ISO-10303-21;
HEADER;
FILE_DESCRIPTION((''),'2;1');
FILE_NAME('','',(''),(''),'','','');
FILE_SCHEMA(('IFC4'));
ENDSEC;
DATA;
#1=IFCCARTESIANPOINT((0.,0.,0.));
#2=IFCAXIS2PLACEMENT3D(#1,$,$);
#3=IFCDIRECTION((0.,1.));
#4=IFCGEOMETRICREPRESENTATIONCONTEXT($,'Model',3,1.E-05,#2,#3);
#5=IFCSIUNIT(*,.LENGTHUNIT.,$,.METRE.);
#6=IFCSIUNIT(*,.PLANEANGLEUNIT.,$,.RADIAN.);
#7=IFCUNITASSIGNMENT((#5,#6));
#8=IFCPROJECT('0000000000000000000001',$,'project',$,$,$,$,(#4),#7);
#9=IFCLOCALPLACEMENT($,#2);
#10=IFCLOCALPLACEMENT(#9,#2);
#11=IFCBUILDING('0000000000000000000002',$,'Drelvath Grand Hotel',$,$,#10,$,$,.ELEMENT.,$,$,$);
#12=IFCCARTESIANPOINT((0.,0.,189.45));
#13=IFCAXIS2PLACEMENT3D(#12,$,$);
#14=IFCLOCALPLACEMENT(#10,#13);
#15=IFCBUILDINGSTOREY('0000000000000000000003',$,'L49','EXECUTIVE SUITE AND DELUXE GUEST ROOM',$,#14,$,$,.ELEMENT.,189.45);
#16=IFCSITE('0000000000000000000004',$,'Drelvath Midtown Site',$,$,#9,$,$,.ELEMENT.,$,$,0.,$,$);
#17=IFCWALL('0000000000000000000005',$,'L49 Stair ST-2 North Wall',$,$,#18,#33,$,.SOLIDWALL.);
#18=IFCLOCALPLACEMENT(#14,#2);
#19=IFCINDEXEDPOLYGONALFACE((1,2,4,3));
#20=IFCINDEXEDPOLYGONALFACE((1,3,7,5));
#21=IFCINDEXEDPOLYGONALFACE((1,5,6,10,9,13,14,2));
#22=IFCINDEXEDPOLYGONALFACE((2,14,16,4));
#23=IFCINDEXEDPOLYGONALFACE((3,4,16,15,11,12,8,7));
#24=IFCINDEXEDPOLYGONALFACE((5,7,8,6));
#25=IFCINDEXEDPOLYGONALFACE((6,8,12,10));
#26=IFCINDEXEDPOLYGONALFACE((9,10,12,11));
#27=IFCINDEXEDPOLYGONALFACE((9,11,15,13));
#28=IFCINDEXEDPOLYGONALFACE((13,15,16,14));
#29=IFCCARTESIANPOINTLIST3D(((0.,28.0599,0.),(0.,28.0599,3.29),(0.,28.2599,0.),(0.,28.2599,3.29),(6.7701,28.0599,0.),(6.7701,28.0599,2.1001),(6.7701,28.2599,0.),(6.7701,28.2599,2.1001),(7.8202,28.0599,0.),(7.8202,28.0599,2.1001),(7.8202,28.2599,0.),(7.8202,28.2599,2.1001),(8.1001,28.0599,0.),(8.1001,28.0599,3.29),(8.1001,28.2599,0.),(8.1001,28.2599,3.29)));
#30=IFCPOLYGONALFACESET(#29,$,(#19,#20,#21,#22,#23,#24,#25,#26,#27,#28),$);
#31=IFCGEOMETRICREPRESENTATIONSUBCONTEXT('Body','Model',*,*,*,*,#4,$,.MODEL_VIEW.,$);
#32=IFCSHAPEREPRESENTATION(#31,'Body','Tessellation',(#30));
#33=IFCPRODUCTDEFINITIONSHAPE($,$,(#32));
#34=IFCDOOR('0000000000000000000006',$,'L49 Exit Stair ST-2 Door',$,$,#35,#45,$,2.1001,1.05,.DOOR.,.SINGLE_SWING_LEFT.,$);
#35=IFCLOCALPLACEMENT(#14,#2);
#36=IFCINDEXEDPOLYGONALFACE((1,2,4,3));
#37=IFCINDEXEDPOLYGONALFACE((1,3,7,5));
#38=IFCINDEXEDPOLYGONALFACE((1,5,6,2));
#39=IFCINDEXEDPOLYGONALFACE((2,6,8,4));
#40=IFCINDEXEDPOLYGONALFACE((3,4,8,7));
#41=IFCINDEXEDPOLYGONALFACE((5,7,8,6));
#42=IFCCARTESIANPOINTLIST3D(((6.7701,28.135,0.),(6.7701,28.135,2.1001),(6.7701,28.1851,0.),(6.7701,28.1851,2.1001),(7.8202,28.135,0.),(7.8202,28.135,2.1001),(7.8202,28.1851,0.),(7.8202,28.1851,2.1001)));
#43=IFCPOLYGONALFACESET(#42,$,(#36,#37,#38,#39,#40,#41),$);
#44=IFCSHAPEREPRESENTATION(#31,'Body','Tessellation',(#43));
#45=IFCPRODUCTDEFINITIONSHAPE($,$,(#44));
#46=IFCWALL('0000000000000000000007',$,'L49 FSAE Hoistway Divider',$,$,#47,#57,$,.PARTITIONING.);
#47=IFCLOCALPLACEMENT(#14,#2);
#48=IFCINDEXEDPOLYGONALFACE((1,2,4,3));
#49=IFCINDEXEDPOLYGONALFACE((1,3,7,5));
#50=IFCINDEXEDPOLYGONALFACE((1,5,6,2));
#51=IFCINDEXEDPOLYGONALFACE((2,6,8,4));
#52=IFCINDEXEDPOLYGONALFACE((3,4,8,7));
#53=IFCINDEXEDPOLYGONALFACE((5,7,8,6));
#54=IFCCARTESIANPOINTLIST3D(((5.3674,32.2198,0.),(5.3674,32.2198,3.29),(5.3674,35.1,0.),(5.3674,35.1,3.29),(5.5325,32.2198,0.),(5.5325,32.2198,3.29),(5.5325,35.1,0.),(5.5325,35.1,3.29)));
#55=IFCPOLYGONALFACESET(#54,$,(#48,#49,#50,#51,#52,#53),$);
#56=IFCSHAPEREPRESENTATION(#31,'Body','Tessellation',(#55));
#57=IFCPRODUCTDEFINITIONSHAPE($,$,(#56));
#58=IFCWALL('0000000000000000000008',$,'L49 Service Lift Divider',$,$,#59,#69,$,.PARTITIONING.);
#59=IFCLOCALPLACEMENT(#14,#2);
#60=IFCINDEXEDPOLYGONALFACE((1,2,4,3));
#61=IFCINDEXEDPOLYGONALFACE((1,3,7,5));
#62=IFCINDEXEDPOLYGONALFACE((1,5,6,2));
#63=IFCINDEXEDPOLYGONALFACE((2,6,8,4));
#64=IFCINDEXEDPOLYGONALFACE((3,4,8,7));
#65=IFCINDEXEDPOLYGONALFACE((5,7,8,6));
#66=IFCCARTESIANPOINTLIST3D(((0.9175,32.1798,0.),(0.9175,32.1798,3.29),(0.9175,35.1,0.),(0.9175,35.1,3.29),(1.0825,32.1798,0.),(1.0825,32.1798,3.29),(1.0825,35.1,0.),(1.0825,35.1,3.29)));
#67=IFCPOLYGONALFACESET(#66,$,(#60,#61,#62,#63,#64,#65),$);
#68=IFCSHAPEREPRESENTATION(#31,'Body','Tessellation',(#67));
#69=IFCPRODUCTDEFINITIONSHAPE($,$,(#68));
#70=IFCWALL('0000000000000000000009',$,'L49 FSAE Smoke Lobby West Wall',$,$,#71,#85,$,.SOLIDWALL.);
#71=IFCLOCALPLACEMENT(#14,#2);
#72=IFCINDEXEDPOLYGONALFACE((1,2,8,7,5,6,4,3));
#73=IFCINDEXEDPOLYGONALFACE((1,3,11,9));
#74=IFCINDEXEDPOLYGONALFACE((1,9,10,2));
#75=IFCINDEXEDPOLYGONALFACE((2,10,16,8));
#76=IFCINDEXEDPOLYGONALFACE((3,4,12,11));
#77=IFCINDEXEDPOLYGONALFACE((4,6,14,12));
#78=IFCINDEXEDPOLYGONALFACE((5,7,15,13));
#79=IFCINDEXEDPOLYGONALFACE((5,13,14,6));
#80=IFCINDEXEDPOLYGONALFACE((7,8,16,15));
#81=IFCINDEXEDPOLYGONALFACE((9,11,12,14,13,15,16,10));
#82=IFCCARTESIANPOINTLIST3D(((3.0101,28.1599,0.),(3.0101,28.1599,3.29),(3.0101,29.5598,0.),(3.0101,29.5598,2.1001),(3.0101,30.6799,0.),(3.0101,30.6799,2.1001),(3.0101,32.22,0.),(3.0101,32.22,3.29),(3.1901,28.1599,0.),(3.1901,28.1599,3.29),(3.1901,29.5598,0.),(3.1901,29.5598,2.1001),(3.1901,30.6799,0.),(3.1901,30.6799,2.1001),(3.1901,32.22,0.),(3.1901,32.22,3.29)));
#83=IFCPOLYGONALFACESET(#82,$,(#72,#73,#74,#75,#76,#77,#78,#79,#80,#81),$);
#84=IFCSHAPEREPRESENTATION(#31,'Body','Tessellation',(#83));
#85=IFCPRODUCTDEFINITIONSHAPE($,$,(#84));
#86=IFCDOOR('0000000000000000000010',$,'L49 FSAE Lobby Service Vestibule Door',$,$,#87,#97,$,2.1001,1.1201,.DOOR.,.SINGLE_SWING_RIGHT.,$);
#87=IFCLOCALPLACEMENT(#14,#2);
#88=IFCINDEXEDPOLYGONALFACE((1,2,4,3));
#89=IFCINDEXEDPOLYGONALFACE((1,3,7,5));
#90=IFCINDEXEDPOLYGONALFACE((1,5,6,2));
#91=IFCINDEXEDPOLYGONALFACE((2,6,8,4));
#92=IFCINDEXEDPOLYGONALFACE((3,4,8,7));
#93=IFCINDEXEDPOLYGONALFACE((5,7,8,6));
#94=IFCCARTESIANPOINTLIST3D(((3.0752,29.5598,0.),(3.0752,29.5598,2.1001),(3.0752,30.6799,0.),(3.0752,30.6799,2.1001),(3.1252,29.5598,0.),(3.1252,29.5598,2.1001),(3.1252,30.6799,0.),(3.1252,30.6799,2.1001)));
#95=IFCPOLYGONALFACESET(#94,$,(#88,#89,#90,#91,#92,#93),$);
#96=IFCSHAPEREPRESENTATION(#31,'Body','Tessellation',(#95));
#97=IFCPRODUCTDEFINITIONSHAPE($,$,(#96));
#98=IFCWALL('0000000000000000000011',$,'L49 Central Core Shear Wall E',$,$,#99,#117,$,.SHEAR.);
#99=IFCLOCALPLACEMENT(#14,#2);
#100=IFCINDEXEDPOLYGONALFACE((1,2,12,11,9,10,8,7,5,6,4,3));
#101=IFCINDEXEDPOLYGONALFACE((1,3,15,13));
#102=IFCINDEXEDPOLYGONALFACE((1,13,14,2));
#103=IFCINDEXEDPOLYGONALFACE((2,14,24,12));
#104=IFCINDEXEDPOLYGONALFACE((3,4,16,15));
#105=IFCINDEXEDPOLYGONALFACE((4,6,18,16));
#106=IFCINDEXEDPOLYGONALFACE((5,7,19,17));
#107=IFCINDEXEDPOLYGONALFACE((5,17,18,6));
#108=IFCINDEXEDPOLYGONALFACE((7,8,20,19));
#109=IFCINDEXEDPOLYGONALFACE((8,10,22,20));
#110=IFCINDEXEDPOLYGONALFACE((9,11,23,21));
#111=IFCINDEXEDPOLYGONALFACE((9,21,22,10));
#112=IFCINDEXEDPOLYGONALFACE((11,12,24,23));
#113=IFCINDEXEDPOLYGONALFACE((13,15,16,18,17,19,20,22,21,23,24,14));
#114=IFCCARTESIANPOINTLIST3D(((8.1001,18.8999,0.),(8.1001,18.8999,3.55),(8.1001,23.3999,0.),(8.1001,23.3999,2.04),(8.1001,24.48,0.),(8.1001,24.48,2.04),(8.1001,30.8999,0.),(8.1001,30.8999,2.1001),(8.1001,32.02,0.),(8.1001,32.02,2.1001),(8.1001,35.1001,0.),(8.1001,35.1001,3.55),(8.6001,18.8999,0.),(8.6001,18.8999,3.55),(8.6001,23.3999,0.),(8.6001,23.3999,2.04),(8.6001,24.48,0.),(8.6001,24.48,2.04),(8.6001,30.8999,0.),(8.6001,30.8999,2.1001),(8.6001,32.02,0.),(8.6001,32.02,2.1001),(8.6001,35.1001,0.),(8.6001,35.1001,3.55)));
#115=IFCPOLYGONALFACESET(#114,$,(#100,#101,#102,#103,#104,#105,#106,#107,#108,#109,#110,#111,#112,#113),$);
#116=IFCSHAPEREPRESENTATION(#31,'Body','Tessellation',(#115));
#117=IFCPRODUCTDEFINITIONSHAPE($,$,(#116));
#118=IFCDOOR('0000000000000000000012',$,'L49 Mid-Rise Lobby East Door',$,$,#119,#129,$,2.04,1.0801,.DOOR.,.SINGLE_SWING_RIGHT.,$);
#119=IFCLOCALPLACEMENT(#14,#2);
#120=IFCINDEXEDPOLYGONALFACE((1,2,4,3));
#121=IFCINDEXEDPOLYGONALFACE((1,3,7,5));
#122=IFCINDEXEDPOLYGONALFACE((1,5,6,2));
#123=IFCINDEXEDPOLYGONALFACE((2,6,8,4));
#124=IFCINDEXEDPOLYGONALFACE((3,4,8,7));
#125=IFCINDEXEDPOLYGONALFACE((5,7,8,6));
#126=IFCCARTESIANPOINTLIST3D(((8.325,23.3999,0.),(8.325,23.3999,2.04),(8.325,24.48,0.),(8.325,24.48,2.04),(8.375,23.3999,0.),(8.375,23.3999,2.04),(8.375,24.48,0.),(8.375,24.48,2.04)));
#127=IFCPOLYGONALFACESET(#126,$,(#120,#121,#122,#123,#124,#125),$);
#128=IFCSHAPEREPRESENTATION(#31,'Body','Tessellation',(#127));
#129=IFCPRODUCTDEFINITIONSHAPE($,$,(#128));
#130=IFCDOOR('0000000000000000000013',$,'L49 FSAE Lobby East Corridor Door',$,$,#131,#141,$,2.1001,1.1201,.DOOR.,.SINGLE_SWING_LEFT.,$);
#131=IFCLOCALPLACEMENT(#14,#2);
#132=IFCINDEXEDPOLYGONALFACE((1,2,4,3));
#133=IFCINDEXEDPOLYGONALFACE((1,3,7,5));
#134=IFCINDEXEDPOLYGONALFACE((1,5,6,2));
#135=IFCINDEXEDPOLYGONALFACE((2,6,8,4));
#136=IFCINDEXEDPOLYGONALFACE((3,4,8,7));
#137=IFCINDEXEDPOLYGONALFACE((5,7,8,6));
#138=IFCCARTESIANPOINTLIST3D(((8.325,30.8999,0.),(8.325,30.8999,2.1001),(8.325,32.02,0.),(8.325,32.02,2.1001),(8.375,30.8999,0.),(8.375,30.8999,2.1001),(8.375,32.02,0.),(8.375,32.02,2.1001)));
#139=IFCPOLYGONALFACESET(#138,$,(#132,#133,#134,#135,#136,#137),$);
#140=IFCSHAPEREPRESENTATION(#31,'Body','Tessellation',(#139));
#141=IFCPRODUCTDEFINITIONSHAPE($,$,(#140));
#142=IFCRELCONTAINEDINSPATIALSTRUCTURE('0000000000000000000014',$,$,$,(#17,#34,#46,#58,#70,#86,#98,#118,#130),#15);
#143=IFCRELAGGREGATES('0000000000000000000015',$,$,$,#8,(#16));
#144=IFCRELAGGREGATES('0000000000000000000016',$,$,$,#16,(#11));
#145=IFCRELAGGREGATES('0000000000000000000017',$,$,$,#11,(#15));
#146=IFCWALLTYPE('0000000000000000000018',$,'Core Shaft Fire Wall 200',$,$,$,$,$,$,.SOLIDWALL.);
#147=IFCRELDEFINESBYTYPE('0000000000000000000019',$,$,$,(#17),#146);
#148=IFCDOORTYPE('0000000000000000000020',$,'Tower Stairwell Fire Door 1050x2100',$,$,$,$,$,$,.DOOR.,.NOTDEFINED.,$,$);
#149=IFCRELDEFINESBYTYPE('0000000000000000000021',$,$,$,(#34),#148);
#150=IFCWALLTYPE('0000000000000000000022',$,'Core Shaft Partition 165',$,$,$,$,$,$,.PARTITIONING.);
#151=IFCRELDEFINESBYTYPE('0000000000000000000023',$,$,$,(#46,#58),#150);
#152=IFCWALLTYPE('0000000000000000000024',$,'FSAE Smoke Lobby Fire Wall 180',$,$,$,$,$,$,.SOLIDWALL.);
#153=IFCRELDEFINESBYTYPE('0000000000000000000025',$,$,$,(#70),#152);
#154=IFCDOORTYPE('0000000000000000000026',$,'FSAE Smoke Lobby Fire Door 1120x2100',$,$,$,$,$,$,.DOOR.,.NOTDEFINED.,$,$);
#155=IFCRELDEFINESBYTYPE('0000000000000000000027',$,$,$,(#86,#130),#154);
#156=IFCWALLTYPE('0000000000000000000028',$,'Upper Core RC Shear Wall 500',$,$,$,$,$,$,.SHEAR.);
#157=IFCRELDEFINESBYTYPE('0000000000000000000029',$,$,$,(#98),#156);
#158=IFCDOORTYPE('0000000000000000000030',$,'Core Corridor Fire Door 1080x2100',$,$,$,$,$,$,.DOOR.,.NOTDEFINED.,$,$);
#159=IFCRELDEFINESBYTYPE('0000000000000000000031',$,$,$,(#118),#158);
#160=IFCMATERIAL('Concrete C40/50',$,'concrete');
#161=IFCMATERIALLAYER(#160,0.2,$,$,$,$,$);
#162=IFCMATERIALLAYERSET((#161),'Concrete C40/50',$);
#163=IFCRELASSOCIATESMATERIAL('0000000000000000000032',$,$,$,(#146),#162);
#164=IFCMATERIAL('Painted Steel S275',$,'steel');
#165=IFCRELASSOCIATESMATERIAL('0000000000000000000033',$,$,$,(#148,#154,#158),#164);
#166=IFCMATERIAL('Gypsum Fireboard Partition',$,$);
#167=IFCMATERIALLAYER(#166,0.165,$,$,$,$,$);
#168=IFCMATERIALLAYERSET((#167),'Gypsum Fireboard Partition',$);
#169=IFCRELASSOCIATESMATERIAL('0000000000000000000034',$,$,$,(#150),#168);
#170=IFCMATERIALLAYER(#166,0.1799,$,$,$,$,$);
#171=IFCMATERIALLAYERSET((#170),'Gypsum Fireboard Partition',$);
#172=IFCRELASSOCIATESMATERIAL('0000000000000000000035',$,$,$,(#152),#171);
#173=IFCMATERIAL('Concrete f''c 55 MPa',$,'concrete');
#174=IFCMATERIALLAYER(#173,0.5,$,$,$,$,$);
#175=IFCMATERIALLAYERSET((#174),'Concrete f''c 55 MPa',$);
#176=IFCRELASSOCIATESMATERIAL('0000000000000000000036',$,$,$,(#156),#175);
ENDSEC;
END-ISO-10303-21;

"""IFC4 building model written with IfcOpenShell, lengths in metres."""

from ifc_helpers import new_model, si_unit, direction, frame, frame_2d, origin, place, context, subcontext, project, spatial, rectangle, extrude, material, layer, layer_set, type_object, element, fill, save


model = new_model("IFC4")

# Units and contexts
model_context = context("Model", 3, precision=1e-05, world=origin(), true_north=direction((0.0, 1.0)))
body_context = subcontext(model_context, "Body", "Model", "MODEL_VIEW")
ifc_project = project(units=[si_unit("LENGTHUNIT", "METRE"), si_unit("PLANEANGLEUNIT", "RADIAN")], contexts=[model_context])

# Site, building, storey
site_placement = place(None, origin())
site = spatial("IfcSite", under=ifc_project, at=site_placement, Name="Drelvath Midtown Site", CompositionType="ELEMENT", RefElevation=0.0)
building_placement = place(site_placement, origin())
building = spatial("IfcBuilding", under=site, at=building_placement, Name="Drelvath Grand Hotel", CompositionType="ELEMENT")
storey_placement = place(building_placement, frame((0.0, 0.0, 189.45)))
storey = spatial("IfcBuildingStorey", under=building, at=storey_placement, Name="L49", Description="EXECUTIVE SUITE AND DELUXE GUEST ROOM", CompositionType="ELEMENT", Elevation=189.45)

# Shared definitions
ifc_material_1 = material(Name="Concrete f'c 55 MPa", Category="concrete")

# Shared definitions
ifc_material_2 = material(Name="Concrete C40/50", Category="concrete")

# Wall, opening, door
ifc_layer_1 = layer(ifc_material_2, 0.2)
ifc_layer_set_1 = layer_set([ifc_layer_1], Name="Concrete C40/50")
wall_type_1 = type_object("IfcWallType", Name="Core Shaft Fire Wall 200", PredefinedType="SOLIDWALL", material=ifc_layer_set_1)
wall_1_placement = place(storey_placement, frame((8.1001, 28.1599, 0.0), z_axis=(0.0, 0.0, 1.0), x_axis=(-1.0, 0.0, 0.0)))
wall_1 = element("IfcWall", 1, at=wall_1_placement, inside=storey, type_object=wall_type_1, Name="L49 Stair ST-2 North Wall", PredefinedType="SOLIDWALL", context=body_context, shape_type="SweptSolid", body=[
    extrude(rectangle(XDim=8.1001, YDim=0.2, at=frame_2d((4.05, 0.0))), origin(), (0.0, 0.0, 1.0), 3.29),
])
opening_1_placement = place(wall_1_placement, frame((0.28, 0.0, 0.0)))
opening_1 = element("IfcOpeningElement", 2, at=opening_1_placement, cuts=wall_1, PredefinedType="OPENING", context=body_context, shape_type="SweptSolid", body=[
    extrude(rectangle(XDim=1.05, YDim=2.1001, at=frame_2d((0.5249, 1.05))), frame((0.0, 0.1099, 0.0), z_axis=(0.0, -1.0, 0.0), x_axis=(1.0, 0.0, 0.0)), (0.0, 0.0, 1.0), 0.22),
])
ifc_material_3 = material(Name="Painted Steel S275", Category="steel")
door_type_1 = type_object("IfcDoorType", Name="Tower Stairwell Fire Door 1050x2100", OperationType="NOTDEFINED", PredefinedType="DOOR", material=ifc_material_3)
door_1_placement = place(opening_1_placement, origin())
door_1 = element("IfcDoor", 3, at=door_1_placement, inside=storey, type_object=door_type_1, Name="L49 Exit Stair ST-2 Door", OperationType="SINGLE_SWING_LEFT", OverallHeight=2.1001, OverallWidth=1.05, PredefinedType="DOOR", context=body_context, shape_type="SweptSolid", body=[
    extrude(rectangle(XDim=1.05, YDim=2.1001, at=frame_2d((0.5249, 1.05))), frame((0.0, 0.0249, 0.0), z_axis=(0.0, -1.0, 0.0), x_axis=(1.0, 0.0, 0.0)), (0.0, 0.0, 1.0), 0.05),
])
fill(opening_1, door_1)

# Walls
ifc_material_4 = material(Name="Gypsum Fireboard Partition")
ifc_layer_2 = layer(ifc_material_4, 0.165)
ifc_layer_set_2 = layer_set([ifc_layer_2], Name="Gypsum Fireboard Partition")
wall_type_2 = type_object("IfcWallType", Name="Core Shaft Partition 165", PredefinedType="PARTITIONING", material=ifc_layer_set_2)
wall_2_placement = place(storey_placement, frame((5.45, 32.22, 0.0), z_axis=(0.0, 0.0, 1.0), x_axis=(0.0, 1.0, 0.0)))
element("IfcWall", 4, at=wall_2_placement, inside=storey, type_object=wall_type_2, Name="L49 FSAE Hoistway Divider", PredefinedType="PARTITIONING", context=body_context, shape_type="SweptSolid", body=[
    extrude(rectangle(XDim=2.8801, YDim=0.165, at=frame_2d((1.4399, 0.0))), origin(), (0.0, 0.0, 1.0), 3.29),
])
wall_3_placement = place(storey_placement, frame((1.0, 32.1799, 0.0), z_axis=(0.0, 0.0, 1.0), x_axis=(0.0, 1.0, 0.0)))
element("IfcWall", 5, at=wall_3_placement, inside=storey, type_object=wall_type_2, Name="L49 Service Lift Divider", PredefinedType="PARTITIONING", context=body_context, shape_type="SweptSolid", body=[
    extrude(rectangle(XDim=2.9202, YDim=0.165, at=frame_2d((1.46, 0.0))), origin(), (0.0, 0.0, 1.0), 3.29),
])

# Wall, opening, door
ifc_layer_3 = layer(ifc_material_4, 0.1799)
ifc_layer_set_3 = layer_set([ifc_layer_3], Name="Gypsum Fireboard Partition")
wall_type_3 = type_object("IfcWallType", Name="FSAE Smoke Lobby Fire Wall 180", PredefinedType="SOLIDWALL", material=ifc_layer_set_3)
wall_4_placement = place(storey_placement, frame((3.1001, 28.1599, 0.0), z_axis=(0.0, 0.0, 1.0), x_axis=(0.0, 1.0, 0.0)))
wall_4 = element("IfcWall", 6, at=wall_4_placement, inside=storey, type_object=wall_type_3, Name="L49 FSAE Smoke Lobby West Wall", PredefinedType="SOLIDWALL", context=body_context, shape_type="SweptSolid", body=[
    extrude(rectangle(XDim=4.0601, YDim=0.1799, at=frame_2d((2.03, 0.0))), origin(), (0.0, 0.0, 1.0), 3.29),
])
opening_2_placement = place(wall_4_placement, frame((1.3999, 0.0, 0.0)))
opening_2 = element("IfcOpeningElement", 7, at=opening_2_placement, cuts=wall_4, PredefinedType="OPENING", context=body_context, shape_type="SweptSolid", body=[
    extrude(rectangle(XDim=1.1201, YDim=2.1001, at=frame_2d((0.5601, 1.05))), frame((0.0, 0.0999, 0.0), z_axis=(0.0, -1.0, 0.0), x_axis=(1.0, 0.0, 0.0)), (0.0, 0.0, 1.0), 0.2),
])
door_type_2 = type_object("IfcDoorType", Name="FSAE Smoke Lobby Fire Door 1120x2100", OperationType="NOTDEFINED", PredefinedType="DOOR", material=ifc_material_3)
door_2_placement = place(opening_2_placement, origin())
door_2 = element("IfcDoor", 8, at=door_2_placement, inside=storey, type_object=door_type_2, Name="L49 FSAE Lobby Service Vestibule Door", OperationType="SINGLE_SWING_RIGHT", OverallHeight=2.1001, OverallWidth=1.1201, PredefinedType="DOOR", context=body_context, shape_type="SweptSolid", body=[
    extrude(rectangle(XDim=1.1201, YDim=2.1001, at=frame_2d((0.5601, 1.05))), frame((0.0, 0.0249, 0.0), z_axis=(0.0, -1.0, 0.0), x_axis=(1.0, 0.0, 0.0)), (0.0, 0.0, 1.0), 0.05),
])
fill(opening_2, door_2)

# Wall, openings, doors
ifc_layer_4 = layer(ifc_material_1, 0.5)
ifc_layer_set_4 = layer_set([ifc_layer_4], Name="Concrete f'c 55 MPa")
wall_type_4 = type_object("IfcWallType", Name="Upper Core RC Shear Wall 500", PredefinedType="SHEAR", material=ifc_layer_set_4)
wall_5_placement = place(storey_placement, frame((8.3501, 35.1001, 0.0), z_axis=(0.0, 0.0, 1.0), x_axis=(0.0, -1.0, 0.0)))
wall_5 = element("IfcWall", 9, at=wall_5_placement, inside=storey, type_object=wall_type_4, Name="L49 Central Core Shear Wall E", PredefinedType="SHEAR", context=body_context, shape_type="SweptSolid", body=[
    extrude(rectangle(XDim=16.2002, YDim=0.5, at=frame_2d((8.1001, 0.0))), origin(), (0.0, 0.0, 1.0), 3.55),
])
opening_3_placement = place(wall_5_placement, frame((3.0801, 0.0, 0.0)))
opening_3 = element("IfcOpeningElement", 10, at=opening_3_placement, cuts=wall_5, PredefinedType="OPENING", context=body_context, shape_type="SweptSolid", body=[
    extrude(rectangle(XDim=1.1201, YDim=2.1001, at=frame_2d((0.5601, 1.05))), frame((0.0, 0.26, 0.0), z_axis=(0.0, -1.0, 0.0), x_axis=(1.0, 0.0, 0.0)), (0.0, 0.0, 1.0), 0.52),
])
opening_4_placement = place(wall_5_placement, frame((10.6201, 0.0, 0.0)))
opening_4 = element("IfcOpeningElement", 11, at=opening_4_placement, cuts=wall_5, PredefinedType="OPENING", context=body_context, shape_type="SweptSolid", body=[
    extrude(rectangle(XDim=1.0801, YDim=2.04, at=frame_2d((0.54, 1.02))), frame((0.0, 0.26, 0.0), z_axis=(0.0, -1.0, 0.0), x_axis=(1.0, 0.0, 0.0)), (0.0, 0.0, 1.0), 0.52),
])
door_type_3 = type_object("IfcDoorType", Name="Core Corridor Fire Door 1080x2100", OperationType="NOTDEFINED", PredefinedType="DOOR", material=ifc_material_3)
door_3_placement = place(opening_4_placement, origin())
door_3 = element("IfcDoor", 12, at=door_3_placement, inside=storey, type_object=door_type_3, Name="L49 Mid-Rise Lobby East Door", OperationType="SINGLE_SWING_RIGHT", OverallHeight=2.04, OverallWidth=1.0801, PredefinedType="DOOR", context=body_context, shape_type="SweptSolid", body=[
    extrude(rectangle(XDim=1.0801, YDim=2.04, at=frame_2d((0.54, 1.02))), frame((0.0, 0.0249, 0.0), z_axis=(0.0, -1.0, 0.0), x_axis=(1.0, 0.0, 0.0)), (0.0, 0.0, 1.0), 0.05),
])
fill(opening_4, door_3)
door_4_placement = place(opening_3_placement, origin())
door_4 = element("IfcDoor", 13, at=door_4_placement, inside=storey, type_object=door_type_2, Name="L49 FSAE Lobby East Corridor Door", OperationType="SINGLE_SWING_LEFT", OverallHeight=2.1001, OverallWidth=1.1201, PredefinedType="DOOR", context=body_context, shape_type="SweptSolid", body=[
    extrude(rectangle(XDim=1.1201, YDim=2.1001, at=frame_2d((0.5601, 1.05))), frame((0.0, 0.0249, 0.0), z_axis=(0.0, -1.0, 0.0), x_axis=(1.0, 0.0, 0.0)), (0.0, 0.0, 1.0), 0.05),
])
fill(opening_3, door_4)

save(model, "model.ifc")
